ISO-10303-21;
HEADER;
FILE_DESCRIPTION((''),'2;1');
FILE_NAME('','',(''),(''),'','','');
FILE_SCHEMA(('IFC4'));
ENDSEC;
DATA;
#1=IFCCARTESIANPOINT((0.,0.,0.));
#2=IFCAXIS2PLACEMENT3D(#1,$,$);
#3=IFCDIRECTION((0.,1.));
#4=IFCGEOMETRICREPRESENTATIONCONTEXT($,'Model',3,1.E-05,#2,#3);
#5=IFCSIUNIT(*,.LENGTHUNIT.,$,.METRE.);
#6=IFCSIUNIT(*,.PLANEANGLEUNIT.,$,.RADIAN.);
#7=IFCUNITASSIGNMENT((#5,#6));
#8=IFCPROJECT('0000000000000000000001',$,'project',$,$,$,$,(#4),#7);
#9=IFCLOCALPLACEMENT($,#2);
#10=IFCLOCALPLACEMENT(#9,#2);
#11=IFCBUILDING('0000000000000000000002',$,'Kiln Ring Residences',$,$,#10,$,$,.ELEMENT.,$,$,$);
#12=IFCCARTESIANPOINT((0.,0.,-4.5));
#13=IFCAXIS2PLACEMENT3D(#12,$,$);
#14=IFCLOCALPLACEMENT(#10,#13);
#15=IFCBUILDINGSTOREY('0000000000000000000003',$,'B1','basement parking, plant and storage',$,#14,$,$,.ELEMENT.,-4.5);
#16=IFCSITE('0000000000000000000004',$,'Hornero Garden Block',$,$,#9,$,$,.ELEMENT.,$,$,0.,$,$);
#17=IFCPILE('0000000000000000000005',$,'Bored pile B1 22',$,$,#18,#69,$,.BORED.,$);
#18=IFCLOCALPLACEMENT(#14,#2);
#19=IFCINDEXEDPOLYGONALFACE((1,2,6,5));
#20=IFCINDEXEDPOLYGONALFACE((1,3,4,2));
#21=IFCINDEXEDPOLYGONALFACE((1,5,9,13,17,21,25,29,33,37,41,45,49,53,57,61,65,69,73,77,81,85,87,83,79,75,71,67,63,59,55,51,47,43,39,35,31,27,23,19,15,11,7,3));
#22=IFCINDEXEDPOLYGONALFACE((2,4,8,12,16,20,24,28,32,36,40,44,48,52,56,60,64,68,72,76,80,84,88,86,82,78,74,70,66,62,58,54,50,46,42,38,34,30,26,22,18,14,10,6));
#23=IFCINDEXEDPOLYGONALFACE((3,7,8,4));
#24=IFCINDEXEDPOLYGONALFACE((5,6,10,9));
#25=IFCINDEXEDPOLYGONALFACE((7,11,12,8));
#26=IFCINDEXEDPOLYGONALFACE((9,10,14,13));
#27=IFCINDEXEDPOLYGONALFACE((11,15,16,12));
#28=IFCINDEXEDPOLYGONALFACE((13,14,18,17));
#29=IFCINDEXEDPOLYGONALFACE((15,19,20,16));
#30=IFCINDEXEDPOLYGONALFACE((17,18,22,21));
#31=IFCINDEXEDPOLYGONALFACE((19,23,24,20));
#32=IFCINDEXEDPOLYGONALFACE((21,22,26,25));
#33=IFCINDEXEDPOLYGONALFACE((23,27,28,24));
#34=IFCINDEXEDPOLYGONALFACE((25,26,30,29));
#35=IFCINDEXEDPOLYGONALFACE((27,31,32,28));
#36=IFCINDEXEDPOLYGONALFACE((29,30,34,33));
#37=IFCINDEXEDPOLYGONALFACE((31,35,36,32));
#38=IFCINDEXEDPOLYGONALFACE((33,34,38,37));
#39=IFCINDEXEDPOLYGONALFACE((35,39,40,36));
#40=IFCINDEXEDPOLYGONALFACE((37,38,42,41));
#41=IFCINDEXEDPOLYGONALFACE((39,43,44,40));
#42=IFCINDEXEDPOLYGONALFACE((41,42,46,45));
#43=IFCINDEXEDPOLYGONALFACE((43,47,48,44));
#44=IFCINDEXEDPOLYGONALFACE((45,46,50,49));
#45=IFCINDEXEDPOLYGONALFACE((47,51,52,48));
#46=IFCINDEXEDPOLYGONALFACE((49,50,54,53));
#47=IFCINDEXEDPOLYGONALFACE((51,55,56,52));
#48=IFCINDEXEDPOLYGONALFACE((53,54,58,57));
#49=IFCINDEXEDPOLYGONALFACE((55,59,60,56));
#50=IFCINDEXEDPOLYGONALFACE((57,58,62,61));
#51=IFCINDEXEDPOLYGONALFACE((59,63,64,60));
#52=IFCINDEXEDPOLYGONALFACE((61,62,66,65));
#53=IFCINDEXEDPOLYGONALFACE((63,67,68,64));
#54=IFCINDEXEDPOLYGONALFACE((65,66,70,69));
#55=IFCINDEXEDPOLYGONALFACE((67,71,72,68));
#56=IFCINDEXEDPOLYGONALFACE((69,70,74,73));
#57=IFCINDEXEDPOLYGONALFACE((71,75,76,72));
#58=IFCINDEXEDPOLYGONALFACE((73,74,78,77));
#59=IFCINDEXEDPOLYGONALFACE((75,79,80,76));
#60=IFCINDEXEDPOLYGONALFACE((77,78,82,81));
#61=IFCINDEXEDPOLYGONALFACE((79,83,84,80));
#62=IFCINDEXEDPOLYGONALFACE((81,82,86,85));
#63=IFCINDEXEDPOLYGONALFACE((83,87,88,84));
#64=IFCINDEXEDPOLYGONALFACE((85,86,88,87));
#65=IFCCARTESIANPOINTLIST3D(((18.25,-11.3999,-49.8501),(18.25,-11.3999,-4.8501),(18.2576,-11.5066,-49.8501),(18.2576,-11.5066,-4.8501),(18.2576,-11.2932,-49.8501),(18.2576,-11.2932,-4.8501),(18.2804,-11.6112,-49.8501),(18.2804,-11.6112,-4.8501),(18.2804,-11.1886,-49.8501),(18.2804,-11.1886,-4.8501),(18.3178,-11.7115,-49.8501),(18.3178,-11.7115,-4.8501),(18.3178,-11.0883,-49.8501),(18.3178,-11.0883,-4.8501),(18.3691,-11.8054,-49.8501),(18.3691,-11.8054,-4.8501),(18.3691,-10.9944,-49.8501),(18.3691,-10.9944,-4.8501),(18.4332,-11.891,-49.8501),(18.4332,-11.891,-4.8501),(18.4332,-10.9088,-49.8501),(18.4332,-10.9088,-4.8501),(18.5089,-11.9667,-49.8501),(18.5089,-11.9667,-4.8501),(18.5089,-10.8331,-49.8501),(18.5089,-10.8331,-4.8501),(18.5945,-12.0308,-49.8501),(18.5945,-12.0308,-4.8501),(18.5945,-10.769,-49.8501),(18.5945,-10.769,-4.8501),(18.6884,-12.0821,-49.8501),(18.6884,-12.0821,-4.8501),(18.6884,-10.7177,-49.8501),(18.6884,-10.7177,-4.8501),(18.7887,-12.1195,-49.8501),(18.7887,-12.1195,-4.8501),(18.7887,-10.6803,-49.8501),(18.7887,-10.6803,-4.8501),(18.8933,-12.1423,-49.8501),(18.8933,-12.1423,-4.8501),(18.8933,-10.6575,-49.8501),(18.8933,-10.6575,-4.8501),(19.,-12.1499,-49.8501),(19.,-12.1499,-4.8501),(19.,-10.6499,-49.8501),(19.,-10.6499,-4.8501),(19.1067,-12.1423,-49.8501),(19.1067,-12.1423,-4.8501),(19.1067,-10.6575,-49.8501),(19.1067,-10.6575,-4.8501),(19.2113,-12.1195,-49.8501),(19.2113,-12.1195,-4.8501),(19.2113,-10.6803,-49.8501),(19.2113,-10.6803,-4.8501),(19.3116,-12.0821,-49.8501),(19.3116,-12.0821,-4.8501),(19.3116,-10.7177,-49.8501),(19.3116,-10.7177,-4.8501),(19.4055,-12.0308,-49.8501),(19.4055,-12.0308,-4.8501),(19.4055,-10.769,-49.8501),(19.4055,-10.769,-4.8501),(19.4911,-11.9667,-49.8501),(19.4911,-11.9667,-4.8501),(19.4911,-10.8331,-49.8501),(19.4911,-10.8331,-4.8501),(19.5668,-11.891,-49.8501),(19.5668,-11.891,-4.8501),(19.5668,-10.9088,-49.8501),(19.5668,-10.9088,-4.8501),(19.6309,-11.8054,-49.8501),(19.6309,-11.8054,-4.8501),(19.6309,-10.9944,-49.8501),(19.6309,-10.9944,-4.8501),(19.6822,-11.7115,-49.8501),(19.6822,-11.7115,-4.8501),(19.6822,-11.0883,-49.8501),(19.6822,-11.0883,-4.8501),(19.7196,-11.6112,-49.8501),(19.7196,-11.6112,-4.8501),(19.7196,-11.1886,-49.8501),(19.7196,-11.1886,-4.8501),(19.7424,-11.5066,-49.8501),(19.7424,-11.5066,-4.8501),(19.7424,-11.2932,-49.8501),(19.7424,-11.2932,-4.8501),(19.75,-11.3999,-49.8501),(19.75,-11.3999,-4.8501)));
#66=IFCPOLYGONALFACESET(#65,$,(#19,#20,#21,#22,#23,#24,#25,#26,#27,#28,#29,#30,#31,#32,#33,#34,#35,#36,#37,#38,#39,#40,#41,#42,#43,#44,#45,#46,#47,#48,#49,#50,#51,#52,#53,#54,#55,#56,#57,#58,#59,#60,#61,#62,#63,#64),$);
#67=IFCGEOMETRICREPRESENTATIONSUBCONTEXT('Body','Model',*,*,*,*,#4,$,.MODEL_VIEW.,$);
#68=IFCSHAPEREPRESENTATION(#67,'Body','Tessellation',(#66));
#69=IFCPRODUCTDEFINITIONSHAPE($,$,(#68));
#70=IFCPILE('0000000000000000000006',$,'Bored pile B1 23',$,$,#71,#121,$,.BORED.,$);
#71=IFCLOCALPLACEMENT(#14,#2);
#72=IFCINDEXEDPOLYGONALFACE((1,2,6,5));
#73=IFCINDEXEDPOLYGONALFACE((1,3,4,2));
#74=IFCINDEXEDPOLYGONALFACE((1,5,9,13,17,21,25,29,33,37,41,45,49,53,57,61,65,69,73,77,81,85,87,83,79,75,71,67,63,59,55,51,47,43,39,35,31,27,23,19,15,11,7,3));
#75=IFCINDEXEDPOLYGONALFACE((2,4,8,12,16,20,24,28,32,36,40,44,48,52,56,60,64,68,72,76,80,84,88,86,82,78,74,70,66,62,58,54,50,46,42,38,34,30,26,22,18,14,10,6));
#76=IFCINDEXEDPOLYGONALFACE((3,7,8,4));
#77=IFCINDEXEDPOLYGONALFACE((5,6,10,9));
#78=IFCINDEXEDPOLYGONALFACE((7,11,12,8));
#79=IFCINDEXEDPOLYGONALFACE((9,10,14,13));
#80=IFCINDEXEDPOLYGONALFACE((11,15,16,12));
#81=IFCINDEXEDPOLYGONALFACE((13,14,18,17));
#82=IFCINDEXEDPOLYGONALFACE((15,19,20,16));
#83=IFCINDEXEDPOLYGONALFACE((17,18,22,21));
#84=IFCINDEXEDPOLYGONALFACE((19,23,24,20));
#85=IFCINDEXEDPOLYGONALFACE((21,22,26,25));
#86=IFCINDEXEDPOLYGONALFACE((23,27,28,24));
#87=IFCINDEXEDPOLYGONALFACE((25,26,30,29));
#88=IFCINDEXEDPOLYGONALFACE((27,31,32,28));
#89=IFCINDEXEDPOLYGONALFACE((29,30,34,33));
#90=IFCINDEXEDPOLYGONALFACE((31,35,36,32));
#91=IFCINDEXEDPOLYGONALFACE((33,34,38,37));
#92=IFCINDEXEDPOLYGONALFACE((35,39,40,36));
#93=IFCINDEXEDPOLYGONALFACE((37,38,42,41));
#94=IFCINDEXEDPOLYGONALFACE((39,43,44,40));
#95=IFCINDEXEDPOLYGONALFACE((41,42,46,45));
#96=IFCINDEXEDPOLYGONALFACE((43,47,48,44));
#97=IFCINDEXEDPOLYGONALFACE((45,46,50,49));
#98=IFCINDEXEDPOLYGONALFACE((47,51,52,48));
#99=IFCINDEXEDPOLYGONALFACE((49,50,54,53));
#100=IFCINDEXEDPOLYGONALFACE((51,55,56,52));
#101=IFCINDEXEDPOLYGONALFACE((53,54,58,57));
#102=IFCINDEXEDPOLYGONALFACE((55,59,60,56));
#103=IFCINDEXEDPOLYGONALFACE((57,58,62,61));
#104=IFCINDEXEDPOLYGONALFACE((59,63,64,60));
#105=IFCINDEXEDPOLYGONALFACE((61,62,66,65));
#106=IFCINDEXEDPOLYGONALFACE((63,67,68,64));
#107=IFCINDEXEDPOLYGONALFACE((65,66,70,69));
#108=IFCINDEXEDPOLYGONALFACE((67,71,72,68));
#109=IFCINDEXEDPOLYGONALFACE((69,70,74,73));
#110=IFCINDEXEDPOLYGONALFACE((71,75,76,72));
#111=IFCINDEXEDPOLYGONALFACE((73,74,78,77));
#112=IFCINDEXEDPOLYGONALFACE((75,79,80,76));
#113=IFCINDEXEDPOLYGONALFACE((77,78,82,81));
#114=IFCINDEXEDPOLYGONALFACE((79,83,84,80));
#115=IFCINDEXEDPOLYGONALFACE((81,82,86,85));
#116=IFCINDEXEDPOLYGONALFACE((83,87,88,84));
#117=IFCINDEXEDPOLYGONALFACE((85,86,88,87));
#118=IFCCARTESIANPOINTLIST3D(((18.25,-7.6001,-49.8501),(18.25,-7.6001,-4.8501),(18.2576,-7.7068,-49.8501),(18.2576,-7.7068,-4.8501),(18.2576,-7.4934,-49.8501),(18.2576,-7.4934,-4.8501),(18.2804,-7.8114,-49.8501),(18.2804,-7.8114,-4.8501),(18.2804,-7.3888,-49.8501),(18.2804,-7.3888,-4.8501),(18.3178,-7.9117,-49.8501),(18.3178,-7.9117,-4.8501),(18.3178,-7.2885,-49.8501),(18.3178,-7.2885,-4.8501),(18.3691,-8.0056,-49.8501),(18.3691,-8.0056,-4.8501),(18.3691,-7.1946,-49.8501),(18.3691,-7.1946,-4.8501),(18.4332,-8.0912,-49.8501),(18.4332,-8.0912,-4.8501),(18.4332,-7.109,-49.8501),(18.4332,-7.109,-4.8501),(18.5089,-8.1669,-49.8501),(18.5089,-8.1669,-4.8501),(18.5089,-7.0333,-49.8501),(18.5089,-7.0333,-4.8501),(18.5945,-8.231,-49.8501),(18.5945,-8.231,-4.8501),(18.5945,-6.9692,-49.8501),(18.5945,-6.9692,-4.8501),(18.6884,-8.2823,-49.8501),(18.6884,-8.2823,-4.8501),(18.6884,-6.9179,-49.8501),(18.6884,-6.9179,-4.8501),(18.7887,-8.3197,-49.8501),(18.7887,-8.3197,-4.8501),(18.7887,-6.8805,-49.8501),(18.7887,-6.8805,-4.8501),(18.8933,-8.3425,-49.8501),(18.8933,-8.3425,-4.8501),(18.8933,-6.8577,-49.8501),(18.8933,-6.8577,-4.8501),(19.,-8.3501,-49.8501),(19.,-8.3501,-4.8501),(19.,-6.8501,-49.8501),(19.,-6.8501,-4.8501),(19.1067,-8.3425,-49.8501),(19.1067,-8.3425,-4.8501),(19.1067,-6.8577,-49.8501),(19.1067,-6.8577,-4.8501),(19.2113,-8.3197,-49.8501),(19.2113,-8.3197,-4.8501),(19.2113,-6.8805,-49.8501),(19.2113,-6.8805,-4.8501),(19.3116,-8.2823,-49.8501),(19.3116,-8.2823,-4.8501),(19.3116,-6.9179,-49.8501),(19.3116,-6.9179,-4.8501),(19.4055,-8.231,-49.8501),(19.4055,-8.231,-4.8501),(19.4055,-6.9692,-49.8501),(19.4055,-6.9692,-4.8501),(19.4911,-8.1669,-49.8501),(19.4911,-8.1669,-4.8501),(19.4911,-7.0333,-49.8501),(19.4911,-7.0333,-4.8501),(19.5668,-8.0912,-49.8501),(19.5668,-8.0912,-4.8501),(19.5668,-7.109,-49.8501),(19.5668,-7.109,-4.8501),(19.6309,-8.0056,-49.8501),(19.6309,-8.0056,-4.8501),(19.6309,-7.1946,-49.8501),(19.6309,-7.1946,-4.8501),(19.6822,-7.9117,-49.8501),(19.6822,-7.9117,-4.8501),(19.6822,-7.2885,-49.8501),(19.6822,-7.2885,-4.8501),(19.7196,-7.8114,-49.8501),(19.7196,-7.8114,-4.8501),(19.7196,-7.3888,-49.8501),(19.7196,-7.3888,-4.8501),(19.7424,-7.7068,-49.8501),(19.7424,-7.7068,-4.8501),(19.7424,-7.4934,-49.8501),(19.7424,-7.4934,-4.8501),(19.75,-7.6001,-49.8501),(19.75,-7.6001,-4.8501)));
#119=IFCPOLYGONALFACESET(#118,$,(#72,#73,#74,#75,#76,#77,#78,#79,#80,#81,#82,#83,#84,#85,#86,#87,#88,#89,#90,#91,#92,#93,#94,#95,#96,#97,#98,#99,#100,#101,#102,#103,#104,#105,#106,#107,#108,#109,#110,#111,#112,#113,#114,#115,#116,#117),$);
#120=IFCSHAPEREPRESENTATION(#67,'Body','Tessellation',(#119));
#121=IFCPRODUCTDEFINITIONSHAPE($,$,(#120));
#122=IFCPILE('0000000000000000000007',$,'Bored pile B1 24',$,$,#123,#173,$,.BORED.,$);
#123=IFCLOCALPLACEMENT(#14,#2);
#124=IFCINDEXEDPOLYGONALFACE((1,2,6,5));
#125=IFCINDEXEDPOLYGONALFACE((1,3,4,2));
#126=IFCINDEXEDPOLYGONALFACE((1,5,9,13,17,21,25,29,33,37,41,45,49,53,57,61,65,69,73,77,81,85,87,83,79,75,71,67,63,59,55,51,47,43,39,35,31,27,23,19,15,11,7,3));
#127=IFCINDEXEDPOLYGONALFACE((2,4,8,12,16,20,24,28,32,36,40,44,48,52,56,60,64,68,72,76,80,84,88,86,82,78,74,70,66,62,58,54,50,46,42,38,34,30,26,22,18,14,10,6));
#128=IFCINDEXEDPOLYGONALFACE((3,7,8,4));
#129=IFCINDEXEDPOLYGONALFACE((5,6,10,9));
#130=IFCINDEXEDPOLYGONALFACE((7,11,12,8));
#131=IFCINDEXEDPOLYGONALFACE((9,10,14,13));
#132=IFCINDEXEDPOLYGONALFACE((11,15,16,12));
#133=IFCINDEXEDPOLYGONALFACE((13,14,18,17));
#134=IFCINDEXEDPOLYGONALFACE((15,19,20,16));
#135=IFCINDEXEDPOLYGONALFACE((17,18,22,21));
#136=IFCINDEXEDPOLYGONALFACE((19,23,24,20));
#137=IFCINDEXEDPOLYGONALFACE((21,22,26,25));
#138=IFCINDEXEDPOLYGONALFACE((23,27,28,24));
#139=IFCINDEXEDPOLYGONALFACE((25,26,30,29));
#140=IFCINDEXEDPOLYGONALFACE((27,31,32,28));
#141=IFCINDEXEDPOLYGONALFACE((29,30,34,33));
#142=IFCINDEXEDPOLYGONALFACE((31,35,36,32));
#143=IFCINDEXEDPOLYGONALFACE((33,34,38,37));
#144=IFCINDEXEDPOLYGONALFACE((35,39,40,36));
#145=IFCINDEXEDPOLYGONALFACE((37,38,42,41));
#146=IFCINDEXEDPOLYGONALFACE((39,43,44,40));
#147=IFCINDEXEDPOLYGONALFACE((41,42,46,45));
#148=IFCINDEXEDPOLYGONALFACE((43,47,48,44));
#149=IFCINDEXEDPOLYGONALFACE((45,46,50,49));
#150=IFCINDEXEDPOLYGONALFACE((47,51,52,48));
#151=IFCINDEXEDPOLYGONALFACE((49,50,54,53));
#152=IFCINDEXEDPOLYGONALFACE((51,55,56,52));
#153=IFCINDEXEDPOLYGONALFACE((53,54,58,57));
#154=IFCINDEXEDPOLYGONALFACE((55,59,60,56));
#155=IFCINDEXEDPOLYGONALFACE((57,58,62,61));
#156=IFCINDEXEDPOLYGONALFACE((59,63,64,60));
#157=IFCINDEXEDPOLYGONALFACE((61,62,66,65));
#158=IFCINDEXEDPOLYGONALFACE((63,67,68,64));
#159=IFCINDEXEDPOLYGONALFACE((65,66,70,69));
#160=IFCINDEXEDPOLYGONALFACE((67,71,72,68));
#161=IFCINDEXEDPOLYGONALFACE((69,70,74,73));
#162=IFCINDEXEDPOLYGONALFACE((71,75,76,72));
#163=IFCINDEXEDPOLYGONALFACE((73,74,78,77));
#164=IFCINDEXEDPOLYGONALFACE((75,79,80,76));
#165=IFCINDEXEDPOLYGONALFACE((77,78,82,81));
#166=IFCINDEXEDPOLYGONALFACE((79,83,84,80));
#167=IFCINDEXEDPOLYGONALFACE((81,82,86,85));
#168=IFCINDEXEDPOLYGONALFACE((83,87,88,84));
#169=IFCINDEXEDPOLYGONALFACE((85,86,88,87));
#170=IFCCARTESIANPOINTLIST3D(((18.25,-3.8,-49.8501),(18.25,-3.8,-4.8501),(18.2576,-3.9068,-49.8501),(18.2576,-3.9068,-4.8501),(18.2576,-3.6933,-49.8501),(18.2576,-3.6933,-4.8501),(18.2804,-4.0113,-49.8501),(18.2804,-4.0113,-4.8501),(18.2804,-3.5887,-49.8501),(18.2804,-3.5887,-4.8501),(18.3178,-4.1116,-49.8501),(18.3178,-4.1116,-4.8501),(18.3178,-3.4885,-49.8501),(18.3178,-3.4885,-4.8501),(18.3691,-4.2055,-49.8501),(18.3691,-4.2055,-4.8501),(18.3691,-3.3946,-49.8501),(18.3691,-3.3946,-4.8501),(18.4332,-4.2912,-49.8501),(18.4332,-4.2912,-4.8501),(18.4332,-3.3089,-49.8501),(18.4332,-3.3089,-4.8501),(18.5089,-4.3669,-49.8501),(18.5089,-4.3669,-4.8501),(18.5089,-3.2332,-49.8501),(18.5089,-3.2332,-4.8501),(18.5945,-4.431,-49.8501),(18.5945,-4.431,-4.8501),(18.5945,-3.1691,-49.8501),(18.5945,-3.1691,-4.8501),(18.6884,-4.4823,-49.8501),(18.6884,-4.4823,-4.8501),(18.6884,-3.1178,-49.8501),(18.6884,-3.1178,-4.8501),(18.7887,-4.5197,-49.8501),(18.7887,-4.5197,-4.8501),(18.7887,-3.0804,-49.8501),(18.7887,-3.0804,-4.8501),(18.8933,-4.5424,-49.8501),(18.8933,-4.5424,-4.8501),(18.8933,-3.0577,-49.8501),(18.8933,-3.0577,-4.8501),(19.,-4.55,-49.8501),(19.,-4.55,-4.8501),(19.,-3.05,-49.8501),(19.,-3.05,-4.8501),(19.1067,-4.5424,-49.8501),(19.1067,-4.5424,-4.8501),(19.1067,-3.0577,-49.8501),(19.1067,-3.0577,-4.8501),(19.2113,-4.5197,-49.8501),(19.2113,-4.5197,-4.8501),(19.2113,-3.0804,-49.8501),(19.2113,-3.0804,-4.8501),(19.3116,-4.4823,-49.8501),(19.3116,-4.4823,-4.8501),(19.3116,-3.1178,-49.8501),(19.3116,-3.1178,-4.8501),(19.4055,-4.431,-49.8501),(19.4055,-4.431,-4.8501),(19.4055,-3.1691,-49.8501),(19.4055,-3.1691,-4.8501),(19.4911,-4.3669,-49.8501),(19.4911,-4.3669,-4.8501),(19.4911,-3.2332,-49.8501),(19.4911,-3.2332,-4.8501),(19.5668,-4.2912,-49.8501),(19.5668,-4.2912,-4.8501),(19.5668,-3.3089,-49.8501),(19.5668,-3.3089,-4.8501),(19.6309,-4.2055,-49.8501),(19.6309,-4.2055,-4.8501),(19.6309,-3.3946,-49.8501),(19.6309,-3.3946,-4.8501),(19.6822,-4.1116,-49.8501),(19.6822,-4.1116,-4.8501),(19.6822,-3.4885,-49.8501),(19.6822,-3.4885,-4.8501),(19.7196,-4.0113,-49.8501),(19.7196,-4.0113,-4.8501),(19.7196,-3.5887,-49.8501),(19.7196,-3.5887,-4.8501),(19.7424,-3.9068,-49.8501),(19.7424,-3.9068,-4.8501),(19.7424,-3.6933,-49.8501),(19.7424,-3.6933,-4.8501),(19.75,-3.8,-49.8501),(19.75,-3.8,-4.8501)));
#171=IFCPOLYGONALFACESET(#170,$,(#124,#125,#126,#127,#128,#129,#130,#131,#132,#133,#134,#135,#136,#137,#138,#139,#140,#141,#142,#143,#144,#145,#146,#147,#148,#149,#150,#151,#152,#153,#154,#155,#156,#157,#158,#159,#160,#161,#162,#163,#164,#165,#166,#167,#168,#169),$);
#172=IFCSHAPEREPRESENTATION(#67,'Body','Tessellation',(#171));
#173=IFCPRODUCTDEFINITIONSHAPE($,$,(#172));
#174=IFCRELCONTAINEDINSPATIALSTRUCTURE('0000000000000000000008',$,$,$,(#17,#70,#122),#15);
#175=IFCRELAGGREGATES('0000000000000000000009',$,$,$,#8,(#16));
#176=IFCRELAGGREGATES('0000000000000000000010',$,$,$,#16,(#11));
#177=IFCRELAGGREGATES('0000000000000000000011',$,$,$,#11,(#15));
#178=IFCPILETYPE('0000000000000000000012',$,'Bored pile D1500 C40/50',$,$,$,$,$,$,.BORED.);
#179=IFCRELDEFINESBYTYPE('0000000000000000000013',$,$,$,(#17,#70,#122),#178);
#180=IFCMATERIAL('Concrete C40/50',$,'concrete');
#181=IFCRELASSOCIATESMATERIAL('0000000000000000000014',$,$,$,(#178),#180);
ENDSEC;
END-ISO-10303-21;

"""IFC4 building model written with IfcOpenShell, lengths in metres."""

from ifc_helpers import new_model, si_unit, direction, frame, origin, origin_2d, place, context, subcontext, project, spatial, circle, extrude, material, material_profile, profile_set, type_object, element, save


model = new_model("IFC4")

# Units and contexts
model_context = context("Model", 3, precision=1e-05, world=origin(), true_north=direction((0.0, 1.0)))
body_context = subcontext(model_context, "Body", "Model", "MODEL_VIEW")
ifc_project = project(units=[si_unit("LENGTHUNIT", "METRE"), si_unit("PLANEANGLEUNIT", "RADIAN")], contexts=[model_context])

# Site, building, storey
site_placement = place(None, origin())
site = spatial("IfcSite", under=ifc_project, at=site_placement, Name="Hornero Garden Block", CompositionType="ELEMENT", RefElevation=0.0)
building_placement = place(site_placement, origin())
building = spatial("IfcBuilding", under=site, at=building_placement, Name="Kiln Ring Residences", CompositionType="ELEMENT")
storey_placement = place(building_placement, frame((0.0, 0.0, -4.5)))
storey = spatial("IfcBuildingStorey", under=building, at=storey_placement, Name="B1", Description="basement parking, plant and storage", CompositionType="ELEMENT", Elevation=-4.5)

# Piles
ifc_material_1 = material(Name="Concrete C40/50", Category="concrete")
ifc_material_profile = material_profile(ifc_material_1, circle(Radius=0.75, at=origin_2d()), Name="BORED1500")
ifc_profile_set = profile_set([ifc_material_profile], Name="Concrete C40/50")
pile_type = type_object("IfcPileType", Name="Bored pile D1500 C40/50", PredefinedType="BORED", material=ifc_profile_set)
for number, where, z_axis, x_axis, name in (
    (1, (19.0, -11.3999, -4.8501), (0.0, 0.0, -1.0), (1.0, 0.0, 0.0), "Bored pile B1 22"),
    (2, (19.0, -7.6001, -4.8501), (0.0, 0.0, -1.0), (1.0, 0.0, 0.0), "Bored pile B1 23"),
    (3, (19.0, -3.8, -4.8501), (0.0, 0.0, -1.0), (1.0, 0.0, 0.0), "Bored pile B1 24"),
):
    element("IfcPile", number, at=place(storey_placement, frame(where, z_axis=z_axis, x_axis=x_axis)), inside=storey, type_object=pile_type, Name=name, PredefinedType="BORED", context=body_context, shape_type="SweptSolid", body=[
        extrude(circle(Radius=0.75, at=origin_2d()), origin(), (0.0, 0.0, 1.0), 45.0),
    ])

save(model, "model.ifc")
